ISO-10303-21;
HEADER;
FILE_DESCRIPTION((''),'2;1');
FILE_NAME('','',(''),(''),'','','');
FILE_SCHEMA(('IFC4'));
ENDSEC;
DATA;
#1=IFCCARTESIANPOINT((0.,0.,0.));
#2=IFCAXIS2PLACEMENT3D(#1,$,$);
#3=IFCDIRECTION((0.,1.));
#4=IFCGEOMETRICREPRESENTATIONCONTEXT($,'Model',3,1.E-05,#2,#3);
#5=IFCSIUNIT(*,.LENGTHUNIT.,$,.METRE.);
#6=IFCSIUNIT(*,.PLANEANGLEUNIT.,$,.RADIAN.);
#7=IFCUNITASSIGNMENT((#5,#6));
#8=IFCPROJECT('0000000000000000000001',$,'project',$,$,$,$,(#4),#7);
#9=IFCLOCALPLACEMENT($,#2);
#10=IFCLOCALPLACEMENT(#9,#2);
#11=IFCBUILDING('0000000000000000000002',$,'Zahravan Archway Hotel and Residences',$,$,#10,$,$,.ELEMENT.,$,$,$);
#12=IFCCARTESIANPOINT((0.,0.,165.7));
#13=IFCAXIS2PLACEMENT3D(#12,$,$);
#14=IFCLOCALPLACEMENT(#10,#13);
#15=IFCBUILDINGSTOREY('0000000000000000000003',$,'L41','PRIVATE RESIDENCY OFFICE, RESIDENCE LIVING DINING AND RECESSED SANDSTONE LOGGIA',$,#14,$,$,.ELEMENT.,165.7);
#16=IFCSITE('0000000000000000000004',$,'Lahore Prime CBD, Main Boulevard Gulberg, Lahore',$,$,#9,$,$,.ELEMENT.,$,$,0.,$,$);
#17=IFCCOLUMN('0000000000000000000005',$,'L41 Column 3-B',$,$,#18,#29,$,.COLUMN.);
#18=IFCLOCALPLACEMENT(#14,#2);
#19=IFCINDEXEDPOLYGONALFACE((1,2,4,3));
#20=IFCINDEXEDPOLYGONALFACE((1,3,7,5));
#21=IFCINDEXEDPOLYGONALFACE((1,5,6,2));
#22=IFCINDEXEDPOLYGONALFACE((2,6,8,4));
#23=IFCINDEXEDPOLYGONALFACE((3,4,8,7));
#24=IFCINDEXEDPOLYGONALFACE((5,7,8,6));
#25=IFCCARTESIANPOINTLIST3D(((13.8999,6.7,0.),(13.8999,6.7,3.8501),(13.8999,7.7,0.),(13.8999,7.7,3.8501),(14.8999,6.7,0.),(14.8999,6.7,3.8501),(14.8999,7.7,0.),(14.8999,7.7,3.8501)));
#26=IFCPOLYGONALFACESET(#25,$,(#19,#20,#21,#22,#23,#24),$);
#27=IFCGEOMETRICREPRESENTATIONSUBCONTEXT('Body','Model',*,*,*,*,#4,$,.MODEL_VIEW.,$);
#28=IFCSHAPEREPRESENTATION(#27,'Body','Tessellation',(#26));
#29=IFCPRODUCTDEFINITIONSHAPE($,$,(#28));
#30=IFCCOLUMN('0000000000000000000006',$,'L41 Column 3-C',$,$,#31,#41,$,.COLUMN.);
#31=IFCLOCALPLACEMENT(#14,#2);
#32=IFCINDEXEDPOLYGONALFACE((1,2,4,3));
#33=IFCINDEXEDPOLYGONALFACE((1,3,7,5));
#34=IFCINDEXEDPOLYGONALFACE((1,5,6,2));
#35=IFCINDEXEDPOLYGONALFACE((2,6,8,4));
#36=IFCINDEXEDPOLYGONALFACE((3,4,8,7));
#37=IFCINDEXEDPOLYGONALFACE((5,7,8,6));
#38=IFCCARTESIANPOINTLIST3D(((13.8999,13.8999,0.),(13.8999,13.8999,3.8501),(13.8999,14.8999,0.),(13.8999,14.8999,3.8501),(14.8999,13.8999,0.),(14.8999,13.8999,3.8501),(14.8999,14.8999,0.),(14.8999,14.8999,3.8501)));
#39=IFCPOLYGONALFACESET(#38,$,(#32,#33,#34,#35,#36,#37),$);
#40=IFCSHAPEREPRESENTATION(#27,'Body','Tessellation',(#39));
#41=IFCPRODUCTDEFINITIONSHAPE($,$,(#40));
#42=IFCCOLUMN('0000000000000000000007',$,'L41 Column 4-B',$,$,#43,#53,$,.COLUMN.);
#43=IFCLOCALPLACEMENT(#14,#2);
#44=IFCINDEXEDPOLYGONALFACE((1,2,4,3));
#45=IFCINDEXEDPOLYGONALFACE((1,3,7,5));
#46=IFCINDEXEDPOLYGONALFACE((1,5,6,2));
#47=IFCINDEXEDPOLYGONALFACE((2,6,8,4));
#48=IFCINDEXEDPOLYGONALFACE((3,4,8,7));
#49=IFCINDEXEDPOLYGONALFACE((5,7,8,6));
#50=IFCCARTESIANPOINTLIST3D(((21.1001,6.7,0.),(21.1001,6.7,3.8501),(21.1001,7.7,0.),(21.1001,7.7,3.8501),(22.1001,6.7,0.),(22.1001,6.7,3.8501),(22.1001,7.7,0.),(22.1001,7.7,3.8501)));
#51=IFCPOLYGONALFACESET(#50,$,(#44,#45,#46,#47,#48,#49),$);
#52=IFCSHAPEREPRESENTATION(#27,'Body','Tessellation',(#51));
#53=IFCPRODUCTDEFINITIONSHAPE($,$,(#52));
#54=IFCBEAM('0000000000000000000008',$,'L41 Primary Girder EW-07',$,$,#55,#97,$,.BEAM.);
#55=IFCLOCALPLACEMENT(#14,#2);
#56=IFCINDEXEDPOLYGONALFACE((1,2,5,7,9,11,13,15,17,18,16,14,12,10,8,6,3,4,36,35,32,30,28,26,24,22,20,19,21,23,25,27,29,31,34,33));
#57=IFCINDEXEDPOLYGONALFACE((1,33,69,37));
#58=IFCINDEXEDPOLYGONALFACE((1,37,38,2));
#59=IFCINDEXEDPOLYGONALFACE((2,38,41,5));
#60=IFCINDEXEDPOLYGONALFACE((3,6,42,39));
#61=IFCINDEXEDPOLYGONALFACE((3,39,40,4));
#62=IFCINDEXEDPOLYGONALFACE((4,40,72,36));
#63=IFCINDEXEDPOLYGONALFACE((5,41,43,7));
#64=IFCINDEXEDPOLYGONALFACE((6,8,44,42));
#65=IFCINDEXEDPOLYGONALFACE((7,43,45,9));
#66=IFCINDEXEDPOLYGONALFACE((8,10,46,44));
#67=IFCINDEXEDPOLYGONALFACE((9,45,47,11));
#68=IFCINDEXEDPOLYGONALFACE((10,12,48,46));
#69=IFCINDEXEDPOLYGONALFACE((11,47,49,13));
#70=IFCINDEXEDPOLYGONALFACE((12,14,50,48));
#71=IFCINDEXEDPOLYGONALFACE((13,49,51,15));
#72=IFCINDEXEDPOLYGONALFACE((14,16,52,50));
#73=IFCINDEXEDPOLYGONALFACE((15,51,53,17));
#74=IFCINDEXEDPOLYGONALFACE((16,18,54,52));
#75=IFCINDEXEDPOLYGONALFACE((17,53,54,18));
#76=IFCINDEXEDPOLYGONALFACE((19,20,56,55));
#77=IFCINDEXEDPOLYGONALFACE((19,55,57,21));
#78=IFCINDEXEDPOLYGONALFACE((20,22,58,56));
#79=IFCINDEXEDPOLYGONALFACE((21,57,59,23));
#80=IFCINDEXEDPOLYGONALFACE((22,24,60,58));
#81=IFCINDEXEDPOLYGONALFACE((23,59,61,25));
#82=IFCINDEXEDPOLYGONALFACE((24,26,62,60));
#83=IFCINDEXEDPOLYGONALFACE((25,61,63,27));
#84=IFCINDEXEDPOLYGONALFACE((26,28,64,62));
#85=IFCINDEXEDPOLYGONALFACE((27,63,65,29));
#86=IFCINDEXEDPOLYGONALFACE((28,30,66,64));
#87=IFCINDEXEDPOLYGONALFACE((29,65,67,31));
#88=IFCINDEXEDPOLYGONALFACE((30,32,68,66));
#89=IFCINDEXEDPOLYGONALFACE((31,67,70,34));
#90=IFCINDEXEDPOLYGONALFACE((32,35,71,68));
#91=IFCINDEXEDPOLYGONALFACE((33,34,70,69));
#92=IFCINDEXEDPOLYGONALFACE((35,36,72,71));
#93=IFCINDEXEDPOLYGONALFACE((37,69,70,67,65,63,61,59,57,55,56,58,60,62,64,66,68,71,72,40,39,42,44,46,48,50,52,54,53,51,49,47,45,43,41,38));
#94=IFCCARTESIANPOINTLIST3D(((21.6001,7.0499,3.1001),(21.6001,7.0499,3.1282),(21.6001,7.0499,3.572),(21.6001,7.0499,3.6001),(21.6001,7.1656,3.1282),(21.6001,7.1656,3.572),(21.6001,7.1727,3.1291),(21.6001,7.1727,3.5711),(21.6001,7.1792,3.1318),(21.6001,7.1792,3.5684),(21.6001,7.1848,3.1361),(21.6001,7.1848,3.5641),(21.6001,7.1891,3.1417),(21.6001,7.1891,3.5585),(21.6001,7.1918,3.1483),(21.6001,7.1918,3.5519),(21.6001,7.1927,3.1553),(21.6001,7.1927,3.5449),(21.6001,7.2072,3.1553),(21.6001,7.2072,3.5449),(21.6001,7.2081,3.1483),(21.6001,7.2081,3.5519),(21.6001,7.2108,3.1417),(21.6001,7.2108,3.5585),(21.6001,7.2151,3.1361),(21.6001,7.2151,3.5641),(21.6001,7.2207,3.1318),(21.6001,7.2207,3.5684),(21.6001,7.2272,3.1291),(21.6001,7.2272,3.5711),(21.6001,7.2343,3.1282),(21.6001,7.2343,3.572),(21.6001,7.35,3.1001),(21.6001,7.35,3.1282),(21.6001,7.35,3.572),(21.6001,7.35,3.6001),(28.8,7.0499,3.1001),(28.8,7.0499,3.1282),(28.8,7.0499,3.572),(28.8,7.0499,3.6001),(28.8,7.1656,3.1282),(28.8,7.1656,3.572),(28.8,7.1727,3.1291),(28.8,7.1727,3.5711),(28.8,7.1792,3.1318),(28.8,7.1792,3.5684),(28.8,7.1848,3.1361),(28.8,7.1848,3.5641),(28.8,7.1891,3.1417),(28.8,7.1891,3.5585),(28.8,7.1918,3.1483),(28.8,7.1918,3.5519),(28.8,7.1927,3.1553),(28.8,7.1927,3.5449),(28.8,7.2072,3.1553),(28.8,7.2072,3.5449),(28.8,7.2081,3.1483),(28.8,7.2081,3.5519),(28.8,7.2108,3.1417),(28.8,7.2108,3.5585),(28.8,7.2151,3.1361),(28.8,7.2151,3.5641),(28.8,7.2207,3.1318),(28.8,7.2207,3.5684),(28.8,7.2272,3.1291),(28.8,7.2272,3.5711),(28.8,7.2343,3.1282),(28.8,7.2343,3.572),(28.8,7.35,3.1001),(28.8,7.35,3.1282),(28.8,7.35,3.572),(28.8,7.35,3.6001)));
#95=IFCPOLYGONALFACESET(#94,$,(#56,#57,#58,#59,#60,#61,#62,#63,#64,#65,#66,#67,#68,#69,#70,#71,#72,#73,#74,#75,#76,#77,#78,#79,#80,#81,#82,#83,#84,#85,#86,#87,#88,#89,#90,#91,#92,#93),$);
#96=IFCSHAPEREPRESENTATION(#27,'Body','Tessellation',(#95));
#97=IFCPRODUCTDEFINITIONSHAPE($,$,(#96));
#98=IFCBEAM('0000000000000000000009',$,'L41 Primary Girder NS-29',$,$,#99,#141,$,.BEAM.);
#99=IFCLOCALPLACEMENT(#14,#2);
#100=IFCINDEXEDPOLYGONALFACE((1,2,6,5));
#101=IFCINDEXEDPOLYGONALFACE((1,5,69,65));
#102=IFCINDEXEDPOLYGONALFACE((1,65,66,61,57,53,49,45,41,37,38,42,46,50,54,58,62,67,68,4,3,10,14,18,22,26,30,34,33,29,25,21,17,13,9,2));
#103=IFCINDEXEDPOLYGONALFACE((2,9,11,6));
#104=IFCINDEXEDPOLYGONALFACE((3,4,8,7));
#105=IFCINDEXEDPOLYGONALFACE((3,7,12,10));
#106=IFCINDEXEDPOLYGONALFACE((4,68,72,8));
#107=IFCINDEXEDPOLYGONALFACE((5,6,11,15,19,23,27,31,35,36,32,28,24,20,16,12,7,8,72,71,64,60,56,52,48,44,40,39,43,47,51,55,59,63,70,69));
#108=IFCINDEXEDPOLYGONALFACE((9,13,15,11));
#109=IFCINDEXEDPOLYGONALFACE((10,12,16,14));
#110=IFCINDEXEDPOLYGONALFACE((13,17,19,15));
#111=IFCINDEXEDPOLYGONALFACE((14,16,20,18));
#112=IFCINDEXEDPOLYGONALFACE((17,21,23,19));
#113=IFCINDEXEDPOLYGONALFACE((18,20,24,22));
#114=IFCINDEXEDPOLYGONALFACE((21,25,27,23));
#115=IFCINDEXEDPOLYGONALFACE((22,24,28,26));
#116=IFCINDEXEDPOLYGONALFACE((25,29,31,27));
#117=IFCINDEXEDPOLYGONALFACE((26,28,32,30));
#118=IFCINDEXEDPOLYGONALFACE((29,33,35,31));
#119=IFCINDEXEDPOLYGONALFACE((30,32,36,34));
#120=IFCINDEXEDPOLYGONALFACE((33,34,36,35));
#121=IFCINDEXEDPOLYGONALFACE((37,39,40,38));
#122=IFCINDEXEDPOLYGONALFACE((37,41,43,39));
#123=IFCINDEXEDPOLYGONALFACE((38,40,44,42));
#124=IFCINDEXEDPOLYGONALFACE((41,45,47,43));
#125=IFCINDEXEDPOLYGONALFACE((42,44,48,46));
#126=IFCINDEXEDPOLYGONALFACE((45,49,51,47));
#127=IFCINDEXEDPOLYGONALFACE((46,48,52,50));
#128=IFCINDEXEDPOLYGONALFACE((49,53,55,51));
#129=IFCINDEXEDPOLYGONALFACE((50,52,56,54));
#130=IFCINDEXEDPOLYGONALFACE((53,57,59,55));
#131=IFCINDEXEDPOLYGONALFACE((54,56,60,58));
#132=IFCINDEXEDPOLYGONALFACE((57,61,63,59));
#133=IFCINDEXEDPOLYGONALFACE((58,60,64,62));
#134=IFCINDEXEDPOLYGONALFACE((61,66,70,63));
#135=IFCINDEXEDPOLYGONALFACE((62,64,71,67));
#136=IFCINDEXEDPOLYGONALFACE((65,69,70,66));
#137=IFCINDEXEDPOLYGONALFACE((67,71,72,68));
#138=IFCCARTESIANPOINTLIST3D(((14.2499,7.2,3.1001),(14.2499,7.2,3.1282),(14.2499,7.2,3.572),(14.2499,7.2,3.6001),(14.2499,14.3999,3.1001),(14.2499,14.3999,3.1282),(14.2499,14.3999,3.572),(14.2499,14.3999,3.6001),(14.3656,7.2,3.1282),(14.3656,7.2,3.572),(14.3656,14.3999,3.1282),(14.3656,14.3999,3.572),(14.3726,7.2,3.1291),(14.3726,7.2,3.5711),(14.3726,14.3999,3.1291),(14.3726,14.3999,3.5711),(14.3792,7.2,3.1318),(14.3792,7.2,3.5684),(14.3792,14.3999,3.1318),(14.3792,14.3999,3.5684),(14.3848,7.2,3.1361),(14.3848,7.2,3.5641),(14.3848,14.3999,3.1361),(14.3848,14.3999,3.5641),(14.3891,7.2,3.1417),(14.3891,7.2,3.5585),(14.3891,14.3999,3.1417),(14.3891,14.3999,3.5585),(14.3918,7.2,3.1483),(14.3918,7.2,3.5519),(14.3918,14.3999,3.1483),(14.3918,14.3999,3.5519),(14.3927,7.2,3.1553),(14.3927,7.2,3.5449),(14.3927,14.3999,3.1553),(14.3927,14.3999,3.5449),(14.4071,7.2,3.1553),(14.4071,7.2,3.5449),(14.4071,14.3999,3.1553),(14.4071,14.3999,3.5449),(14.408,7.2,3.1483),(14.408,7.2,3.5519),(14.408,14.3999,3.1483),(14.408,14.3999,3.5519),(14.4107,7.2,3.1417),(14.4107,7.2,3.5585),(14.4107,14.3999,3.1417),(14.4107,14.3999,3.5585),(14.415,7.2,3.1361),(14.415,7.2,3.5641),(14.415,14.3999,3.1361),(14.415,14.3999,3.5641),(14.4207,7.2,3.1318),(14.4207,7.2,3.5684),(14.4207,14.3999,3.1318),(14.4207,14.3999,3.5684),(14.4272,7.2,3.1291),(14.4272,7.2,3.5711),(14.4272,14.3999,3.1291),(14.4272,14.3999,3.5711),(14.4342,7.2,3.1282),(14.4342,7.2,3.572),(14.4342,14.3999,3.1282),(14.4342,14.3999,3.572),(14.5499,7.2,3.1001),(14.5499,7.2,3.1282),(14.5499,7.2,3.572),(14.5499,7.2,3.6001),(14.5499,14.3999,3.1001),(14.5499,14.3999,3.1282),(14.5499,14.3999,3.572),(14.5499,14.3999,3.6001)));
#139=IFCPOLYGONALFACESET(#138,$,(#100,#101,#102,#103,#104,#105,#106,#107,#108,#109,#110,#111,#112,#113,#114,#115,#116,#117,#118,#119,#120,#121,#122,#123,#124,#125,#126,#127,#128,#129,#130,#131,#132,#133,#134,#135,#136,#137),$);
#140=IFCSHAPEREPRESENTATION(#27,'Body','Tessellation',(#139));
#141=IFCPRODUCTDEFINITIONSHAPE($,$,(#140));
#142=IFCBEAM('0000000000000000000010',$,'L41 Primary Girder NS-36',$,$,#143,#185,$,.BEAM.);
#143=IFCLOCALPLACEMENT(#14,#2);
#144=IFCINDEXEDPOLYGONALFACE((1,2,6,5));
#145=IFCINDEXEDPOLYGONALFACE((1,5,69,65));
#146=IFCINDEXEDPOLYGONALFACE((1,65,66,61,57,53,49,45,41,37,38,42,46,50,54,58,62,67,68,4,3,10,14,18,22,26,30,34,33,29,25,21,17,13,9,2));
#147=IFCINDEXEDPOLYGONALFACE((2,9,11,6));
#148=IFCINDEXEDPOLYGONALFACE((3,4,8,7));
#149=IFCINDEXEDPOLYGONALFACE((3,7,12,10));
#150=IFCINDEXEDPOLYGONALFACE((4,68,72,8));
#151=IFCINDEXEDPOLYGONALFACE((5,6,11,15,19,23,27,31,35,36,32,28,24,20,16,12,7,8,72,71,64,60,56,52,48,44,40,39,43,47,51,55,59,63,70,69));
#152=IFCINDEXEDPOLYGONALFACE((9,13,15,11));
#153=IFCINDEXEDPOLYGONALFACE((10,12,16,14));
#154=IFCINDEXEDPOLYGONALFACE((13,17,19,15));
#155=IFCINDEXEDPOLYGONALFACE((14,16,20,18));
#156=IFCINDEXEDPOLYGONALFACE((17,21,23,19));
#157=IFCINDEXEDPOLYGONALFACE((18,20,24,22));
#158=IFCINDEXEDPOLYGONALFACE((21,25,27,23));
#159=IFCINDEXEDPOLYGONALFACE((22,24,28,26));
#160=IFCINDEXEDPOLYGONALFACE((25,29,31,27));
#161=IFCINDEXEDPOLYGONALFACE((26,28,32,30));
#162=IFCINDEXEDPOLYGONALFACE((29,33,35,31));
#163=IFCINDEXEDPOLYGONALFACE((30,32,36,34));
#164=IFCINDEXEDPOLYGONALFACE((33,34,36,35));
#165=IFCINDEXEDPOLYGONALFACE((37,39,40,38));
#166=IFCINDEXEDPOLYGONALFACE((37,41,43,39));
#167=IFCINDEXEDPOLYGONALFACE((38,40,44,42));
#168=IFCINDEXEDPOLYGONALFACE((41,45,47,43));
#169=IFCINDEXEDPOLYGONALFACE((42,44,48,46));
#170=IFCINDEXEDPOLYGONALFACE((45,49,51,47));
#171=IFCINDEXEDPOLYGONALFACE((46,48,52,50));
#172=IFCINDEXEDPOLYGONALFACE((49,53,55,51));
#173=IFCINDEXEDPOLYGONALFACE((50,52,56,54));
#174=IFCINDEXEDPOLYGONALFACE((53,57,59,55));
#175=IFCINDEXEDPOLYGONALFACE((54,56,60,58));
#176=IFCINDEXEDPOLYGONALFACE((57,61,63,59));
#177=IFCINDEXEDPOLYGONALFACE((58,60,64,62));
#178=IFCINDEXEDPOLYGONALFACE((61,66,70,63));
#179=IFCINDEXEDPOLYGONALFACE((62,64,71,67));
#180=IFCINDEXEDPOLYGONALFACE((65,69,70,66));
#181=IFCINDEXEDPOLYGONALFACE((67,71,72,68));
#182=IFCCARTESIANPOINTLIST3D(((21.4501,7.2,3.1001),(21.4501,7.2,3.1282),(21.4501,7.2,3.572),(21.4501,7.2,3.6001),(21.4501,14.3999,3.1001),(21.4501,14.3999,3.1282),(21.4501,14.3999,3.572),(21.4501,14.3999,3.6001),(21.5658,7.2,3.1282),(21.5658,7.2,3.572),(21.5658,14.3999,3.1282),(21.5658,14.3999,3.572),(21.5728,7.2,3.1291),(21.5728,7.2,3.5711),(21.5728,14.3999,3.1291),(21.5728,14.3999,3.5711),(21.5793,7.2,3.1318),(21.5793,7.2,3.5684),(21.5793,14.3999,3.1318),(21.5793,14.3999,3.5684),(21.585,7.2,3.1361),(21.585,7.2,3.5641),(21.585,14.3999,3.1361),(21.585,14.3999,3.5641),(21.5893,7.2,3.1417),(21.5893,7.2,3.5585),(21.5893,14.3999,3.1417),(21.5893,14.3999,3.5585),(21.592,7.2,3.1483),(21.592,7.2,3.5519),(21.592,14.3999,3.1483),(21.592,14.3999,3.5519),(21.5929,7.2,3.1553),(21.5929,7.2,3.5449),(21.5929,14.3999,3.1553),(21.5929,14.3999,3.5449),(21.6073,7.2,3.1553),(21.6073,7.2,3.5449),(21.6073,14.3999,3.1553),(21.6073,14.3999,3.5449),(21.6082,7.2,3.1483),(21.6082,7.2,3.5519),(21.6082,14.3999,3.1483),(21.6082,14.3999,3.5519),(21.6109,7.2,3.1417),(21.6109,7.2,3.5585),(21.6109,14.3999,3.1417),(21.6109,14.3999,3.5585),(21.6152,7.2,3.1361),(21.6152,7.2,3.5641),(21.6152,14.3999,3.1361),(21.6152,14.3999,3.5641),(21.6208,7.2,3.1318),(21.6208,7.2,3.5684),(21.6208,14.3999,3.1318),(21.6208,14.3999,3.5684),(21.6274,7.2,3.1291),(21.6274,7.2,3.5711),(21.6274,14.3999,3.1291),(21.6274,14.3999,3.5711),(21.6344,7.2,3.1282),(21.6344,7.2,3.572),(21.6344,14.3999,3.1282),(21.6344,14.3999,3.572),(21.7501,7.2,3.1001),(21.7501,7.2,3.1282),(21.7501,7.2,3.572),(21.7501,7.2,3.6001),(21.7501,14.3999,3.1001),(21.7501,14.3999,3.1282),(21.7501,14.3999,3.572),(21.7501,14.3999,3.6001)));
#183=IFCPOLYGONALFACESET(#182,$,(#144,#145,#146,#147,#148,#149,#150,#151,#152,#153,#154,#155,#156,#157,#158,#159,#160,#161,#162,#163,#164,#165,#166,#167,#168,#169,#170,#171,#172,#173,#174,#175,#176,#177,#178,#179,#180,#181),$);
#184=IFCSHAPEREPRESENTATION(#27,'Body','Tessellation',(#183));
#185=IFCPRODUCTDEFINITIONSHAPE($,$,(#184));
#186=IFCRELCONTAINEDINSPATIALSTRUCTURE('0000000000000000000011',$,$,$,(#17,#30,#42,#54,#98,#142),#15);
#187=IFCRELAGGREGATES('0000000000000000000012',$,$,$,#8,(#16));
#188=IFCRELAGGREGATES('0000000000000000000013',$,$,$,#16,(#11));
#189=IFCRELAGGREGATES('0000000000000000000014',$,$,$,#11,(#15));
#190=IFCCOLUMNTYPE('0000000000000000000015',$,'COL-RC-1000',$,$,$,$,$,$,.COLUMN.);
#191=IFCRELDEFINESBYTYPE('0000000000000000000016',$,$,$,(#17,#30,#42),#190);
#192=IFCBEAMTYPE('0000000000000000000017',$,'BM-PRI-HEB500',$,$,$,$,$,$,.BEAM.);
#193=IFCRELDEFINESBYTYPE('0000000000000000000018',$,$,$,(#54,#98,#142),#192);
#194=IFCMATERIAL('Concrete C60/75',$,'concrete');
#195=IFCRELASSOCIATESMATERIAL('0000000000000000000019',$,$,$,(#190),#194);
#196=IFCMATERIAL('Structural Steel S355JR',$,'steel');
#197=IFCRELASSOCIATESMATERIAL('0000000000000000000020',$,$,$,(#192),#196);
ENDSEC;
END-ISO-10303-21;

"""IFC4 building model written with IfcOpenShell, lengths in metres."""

from ifc_helpers import new_model, si_unit, direction, frame, origin, origin_2d, place, context, subcontext, project, spatial, rectangle, i_section, extrude, source, transform, mapped, material, material_profile, profile_set, type_object, element, save


model = new_model("IFC4")

# Units and contexts
model_context = context("Model", 3, precision=1e-05, world=origin(), true_north=direction((0.0, 1.0)))
body_context = subcontext(model_context, "Body", "Model", "MODEL_VIEW")
ifc_project = project(units=[si_unit("LENGTHUNIT", "METRE"), si_unit("PLANEANGLEUNIT", "RADIAN")], contexts=[model_context])

# Site, building, storey
site_placement = place(None, origin())
site = spatial("IfcSite", under=ifc_project, at=site_placement, Name="Lahore Prime CBD, Main Boulevard Gulberg, Lahore", CompositionType="ELEMENT", RefElevation=0.0)
building_placement = place(site_placement, origin())
building = spatial("IfcBuilding", under=site, at=building_placement, Name="Zahravan Archway Hotel and Residences", CompositionType="ELEMENT")
storey_placement = place(building_placement, frame((0.0, 0.0, 165.7)))
storey = spatial("IfcBuildingStorey", under=building, at=storey_placement, Name="L41", Description="PRIVATE RESIDENCY OFFICE, RESIDENCE LIVING DINING AND RECESSED SANDSTONE LOGGIA", CompositionType="ELEMENT", Elevation=165.7)

# Columns
ifc_material_1 = material(Name="Concrete C60/75", Category="concrete")
ifc_material_profile_1 = material_profile(ifc_material_1, rectangle(XDim=1.0, YDim=1.0, at=origin_2d()), Name="RC-COL-1000x1000", Category="concrete")
ifc_profile_set_1 = profile_set([ifc_material_profile_1], Name="Concrete C60/75")
column_type = type_object("IfcColumnType", Name="COL-RC-1000", PredefinedType="COLUMN", material=ifc_profile_set_1)
shared_shape_1 = source(origin(), body_context, "Body", "SweptSolid", [
    extrude(rectangle(XDim=1.0, YDim=1.0, at=origin_2d()), origin(), (0.0, 0.0, 1.0), 3.8501),
])
for number, where, z_axis, x_axis, name in (
    (1, (14.3999, 7.2, 0.0), (0.0, 0.0, 1.0), (1.0, 0.0, 0.0), "L41 Column 3-B"),
    (2, (14.3999, 14.3999, 0.0), (0.0, 0.0, 1.0), (1.0, 0.0, 0.0), "L41 Column 3-C"),
    (3, (21.6001, 7.2, 0.0), (0.0, 0.0, 1.0), (1.0, 0.0, 0.0), "L41 Column 4-B"),
):
    element("IfcColumn", number, at=place(storey_placement, frame(where, z_axis=z_axis, x_axis=x_axis)), inside=storey, type_object=column_type, Name=name, PredefinedType="COLUMN", context=body_context, shape_type="MappedRepresentation", body=[
        mapped(shared_shape_1, transform((0.0, 0.0, 0.0), scale=1.0)),
    ])

# Beams
ifc_material_2 = material(Name="Structural Steel S355JR", Category="steel")
ifc_material_profile_2 = material_profile(ifc_material_2, i_section(OverallWidth=0.3, OverallDepth=0.5, WebThickness=0.0144, FlangeThickness=0.0281, FilletRadius=0.0271, at=origin_2d()), Name="HEB 500", Category="steel")
ifc_profile_set_2 = profile_set([ifc_material_profile_2], Name="Structural Steel S355JR")
beam_type_1 = type_object("IfcBeamType", Name="BM-PRI-HEB500", PredefinedType="BEAM", material=ifc_profile_set_2)
shared_shape_2 = source(origin(), body_context, "Body", "SweptSolid", [
    extrude(i_section(OverallWidth=0.3, OverallDepth=0.5, WebThickness=0.0144, FlangeThickness=0.0281, FilletRadius=0.0271, at=origin_2d()), origin(), (0.0, 0.0, 1.0), 7.2),
])
for number, where, z_axis, x_axis, name in (
    (4, (21.6001, 7.2, 3.3501), (1.0, 0.0, 0.0), (0.0, 1.0, 0.0), "L41 Primary Girder EW-07"),
    (5, (14.3999, 7.2, 3.3501), (0.0, 1.0, 0.0), (-1.0, 0.0, 0.0), "L41 Primary Girder NS-29"),
    (6, (21.6001, 7.2, 3.3501), (0.0, 1.0, 0.0), (-1.0, 0.0, 0.0), "L41 Primary Girder NS-36"),
):
    element("IfcBeam", number, at=place(storey_placement, frame(where, z_axis=z_axis, x_axis=x_axis)), inside=storey, type_object=beam_type_1, Name=name, PredefinedType="BEAM", context=body_context, shape_type="MappedRepresentation", body=[
        mapped(shared_shape_2, transform((0.0, 0.0, 0.0), scale=1.0)),
    ])

save(model, "model.ifc")
